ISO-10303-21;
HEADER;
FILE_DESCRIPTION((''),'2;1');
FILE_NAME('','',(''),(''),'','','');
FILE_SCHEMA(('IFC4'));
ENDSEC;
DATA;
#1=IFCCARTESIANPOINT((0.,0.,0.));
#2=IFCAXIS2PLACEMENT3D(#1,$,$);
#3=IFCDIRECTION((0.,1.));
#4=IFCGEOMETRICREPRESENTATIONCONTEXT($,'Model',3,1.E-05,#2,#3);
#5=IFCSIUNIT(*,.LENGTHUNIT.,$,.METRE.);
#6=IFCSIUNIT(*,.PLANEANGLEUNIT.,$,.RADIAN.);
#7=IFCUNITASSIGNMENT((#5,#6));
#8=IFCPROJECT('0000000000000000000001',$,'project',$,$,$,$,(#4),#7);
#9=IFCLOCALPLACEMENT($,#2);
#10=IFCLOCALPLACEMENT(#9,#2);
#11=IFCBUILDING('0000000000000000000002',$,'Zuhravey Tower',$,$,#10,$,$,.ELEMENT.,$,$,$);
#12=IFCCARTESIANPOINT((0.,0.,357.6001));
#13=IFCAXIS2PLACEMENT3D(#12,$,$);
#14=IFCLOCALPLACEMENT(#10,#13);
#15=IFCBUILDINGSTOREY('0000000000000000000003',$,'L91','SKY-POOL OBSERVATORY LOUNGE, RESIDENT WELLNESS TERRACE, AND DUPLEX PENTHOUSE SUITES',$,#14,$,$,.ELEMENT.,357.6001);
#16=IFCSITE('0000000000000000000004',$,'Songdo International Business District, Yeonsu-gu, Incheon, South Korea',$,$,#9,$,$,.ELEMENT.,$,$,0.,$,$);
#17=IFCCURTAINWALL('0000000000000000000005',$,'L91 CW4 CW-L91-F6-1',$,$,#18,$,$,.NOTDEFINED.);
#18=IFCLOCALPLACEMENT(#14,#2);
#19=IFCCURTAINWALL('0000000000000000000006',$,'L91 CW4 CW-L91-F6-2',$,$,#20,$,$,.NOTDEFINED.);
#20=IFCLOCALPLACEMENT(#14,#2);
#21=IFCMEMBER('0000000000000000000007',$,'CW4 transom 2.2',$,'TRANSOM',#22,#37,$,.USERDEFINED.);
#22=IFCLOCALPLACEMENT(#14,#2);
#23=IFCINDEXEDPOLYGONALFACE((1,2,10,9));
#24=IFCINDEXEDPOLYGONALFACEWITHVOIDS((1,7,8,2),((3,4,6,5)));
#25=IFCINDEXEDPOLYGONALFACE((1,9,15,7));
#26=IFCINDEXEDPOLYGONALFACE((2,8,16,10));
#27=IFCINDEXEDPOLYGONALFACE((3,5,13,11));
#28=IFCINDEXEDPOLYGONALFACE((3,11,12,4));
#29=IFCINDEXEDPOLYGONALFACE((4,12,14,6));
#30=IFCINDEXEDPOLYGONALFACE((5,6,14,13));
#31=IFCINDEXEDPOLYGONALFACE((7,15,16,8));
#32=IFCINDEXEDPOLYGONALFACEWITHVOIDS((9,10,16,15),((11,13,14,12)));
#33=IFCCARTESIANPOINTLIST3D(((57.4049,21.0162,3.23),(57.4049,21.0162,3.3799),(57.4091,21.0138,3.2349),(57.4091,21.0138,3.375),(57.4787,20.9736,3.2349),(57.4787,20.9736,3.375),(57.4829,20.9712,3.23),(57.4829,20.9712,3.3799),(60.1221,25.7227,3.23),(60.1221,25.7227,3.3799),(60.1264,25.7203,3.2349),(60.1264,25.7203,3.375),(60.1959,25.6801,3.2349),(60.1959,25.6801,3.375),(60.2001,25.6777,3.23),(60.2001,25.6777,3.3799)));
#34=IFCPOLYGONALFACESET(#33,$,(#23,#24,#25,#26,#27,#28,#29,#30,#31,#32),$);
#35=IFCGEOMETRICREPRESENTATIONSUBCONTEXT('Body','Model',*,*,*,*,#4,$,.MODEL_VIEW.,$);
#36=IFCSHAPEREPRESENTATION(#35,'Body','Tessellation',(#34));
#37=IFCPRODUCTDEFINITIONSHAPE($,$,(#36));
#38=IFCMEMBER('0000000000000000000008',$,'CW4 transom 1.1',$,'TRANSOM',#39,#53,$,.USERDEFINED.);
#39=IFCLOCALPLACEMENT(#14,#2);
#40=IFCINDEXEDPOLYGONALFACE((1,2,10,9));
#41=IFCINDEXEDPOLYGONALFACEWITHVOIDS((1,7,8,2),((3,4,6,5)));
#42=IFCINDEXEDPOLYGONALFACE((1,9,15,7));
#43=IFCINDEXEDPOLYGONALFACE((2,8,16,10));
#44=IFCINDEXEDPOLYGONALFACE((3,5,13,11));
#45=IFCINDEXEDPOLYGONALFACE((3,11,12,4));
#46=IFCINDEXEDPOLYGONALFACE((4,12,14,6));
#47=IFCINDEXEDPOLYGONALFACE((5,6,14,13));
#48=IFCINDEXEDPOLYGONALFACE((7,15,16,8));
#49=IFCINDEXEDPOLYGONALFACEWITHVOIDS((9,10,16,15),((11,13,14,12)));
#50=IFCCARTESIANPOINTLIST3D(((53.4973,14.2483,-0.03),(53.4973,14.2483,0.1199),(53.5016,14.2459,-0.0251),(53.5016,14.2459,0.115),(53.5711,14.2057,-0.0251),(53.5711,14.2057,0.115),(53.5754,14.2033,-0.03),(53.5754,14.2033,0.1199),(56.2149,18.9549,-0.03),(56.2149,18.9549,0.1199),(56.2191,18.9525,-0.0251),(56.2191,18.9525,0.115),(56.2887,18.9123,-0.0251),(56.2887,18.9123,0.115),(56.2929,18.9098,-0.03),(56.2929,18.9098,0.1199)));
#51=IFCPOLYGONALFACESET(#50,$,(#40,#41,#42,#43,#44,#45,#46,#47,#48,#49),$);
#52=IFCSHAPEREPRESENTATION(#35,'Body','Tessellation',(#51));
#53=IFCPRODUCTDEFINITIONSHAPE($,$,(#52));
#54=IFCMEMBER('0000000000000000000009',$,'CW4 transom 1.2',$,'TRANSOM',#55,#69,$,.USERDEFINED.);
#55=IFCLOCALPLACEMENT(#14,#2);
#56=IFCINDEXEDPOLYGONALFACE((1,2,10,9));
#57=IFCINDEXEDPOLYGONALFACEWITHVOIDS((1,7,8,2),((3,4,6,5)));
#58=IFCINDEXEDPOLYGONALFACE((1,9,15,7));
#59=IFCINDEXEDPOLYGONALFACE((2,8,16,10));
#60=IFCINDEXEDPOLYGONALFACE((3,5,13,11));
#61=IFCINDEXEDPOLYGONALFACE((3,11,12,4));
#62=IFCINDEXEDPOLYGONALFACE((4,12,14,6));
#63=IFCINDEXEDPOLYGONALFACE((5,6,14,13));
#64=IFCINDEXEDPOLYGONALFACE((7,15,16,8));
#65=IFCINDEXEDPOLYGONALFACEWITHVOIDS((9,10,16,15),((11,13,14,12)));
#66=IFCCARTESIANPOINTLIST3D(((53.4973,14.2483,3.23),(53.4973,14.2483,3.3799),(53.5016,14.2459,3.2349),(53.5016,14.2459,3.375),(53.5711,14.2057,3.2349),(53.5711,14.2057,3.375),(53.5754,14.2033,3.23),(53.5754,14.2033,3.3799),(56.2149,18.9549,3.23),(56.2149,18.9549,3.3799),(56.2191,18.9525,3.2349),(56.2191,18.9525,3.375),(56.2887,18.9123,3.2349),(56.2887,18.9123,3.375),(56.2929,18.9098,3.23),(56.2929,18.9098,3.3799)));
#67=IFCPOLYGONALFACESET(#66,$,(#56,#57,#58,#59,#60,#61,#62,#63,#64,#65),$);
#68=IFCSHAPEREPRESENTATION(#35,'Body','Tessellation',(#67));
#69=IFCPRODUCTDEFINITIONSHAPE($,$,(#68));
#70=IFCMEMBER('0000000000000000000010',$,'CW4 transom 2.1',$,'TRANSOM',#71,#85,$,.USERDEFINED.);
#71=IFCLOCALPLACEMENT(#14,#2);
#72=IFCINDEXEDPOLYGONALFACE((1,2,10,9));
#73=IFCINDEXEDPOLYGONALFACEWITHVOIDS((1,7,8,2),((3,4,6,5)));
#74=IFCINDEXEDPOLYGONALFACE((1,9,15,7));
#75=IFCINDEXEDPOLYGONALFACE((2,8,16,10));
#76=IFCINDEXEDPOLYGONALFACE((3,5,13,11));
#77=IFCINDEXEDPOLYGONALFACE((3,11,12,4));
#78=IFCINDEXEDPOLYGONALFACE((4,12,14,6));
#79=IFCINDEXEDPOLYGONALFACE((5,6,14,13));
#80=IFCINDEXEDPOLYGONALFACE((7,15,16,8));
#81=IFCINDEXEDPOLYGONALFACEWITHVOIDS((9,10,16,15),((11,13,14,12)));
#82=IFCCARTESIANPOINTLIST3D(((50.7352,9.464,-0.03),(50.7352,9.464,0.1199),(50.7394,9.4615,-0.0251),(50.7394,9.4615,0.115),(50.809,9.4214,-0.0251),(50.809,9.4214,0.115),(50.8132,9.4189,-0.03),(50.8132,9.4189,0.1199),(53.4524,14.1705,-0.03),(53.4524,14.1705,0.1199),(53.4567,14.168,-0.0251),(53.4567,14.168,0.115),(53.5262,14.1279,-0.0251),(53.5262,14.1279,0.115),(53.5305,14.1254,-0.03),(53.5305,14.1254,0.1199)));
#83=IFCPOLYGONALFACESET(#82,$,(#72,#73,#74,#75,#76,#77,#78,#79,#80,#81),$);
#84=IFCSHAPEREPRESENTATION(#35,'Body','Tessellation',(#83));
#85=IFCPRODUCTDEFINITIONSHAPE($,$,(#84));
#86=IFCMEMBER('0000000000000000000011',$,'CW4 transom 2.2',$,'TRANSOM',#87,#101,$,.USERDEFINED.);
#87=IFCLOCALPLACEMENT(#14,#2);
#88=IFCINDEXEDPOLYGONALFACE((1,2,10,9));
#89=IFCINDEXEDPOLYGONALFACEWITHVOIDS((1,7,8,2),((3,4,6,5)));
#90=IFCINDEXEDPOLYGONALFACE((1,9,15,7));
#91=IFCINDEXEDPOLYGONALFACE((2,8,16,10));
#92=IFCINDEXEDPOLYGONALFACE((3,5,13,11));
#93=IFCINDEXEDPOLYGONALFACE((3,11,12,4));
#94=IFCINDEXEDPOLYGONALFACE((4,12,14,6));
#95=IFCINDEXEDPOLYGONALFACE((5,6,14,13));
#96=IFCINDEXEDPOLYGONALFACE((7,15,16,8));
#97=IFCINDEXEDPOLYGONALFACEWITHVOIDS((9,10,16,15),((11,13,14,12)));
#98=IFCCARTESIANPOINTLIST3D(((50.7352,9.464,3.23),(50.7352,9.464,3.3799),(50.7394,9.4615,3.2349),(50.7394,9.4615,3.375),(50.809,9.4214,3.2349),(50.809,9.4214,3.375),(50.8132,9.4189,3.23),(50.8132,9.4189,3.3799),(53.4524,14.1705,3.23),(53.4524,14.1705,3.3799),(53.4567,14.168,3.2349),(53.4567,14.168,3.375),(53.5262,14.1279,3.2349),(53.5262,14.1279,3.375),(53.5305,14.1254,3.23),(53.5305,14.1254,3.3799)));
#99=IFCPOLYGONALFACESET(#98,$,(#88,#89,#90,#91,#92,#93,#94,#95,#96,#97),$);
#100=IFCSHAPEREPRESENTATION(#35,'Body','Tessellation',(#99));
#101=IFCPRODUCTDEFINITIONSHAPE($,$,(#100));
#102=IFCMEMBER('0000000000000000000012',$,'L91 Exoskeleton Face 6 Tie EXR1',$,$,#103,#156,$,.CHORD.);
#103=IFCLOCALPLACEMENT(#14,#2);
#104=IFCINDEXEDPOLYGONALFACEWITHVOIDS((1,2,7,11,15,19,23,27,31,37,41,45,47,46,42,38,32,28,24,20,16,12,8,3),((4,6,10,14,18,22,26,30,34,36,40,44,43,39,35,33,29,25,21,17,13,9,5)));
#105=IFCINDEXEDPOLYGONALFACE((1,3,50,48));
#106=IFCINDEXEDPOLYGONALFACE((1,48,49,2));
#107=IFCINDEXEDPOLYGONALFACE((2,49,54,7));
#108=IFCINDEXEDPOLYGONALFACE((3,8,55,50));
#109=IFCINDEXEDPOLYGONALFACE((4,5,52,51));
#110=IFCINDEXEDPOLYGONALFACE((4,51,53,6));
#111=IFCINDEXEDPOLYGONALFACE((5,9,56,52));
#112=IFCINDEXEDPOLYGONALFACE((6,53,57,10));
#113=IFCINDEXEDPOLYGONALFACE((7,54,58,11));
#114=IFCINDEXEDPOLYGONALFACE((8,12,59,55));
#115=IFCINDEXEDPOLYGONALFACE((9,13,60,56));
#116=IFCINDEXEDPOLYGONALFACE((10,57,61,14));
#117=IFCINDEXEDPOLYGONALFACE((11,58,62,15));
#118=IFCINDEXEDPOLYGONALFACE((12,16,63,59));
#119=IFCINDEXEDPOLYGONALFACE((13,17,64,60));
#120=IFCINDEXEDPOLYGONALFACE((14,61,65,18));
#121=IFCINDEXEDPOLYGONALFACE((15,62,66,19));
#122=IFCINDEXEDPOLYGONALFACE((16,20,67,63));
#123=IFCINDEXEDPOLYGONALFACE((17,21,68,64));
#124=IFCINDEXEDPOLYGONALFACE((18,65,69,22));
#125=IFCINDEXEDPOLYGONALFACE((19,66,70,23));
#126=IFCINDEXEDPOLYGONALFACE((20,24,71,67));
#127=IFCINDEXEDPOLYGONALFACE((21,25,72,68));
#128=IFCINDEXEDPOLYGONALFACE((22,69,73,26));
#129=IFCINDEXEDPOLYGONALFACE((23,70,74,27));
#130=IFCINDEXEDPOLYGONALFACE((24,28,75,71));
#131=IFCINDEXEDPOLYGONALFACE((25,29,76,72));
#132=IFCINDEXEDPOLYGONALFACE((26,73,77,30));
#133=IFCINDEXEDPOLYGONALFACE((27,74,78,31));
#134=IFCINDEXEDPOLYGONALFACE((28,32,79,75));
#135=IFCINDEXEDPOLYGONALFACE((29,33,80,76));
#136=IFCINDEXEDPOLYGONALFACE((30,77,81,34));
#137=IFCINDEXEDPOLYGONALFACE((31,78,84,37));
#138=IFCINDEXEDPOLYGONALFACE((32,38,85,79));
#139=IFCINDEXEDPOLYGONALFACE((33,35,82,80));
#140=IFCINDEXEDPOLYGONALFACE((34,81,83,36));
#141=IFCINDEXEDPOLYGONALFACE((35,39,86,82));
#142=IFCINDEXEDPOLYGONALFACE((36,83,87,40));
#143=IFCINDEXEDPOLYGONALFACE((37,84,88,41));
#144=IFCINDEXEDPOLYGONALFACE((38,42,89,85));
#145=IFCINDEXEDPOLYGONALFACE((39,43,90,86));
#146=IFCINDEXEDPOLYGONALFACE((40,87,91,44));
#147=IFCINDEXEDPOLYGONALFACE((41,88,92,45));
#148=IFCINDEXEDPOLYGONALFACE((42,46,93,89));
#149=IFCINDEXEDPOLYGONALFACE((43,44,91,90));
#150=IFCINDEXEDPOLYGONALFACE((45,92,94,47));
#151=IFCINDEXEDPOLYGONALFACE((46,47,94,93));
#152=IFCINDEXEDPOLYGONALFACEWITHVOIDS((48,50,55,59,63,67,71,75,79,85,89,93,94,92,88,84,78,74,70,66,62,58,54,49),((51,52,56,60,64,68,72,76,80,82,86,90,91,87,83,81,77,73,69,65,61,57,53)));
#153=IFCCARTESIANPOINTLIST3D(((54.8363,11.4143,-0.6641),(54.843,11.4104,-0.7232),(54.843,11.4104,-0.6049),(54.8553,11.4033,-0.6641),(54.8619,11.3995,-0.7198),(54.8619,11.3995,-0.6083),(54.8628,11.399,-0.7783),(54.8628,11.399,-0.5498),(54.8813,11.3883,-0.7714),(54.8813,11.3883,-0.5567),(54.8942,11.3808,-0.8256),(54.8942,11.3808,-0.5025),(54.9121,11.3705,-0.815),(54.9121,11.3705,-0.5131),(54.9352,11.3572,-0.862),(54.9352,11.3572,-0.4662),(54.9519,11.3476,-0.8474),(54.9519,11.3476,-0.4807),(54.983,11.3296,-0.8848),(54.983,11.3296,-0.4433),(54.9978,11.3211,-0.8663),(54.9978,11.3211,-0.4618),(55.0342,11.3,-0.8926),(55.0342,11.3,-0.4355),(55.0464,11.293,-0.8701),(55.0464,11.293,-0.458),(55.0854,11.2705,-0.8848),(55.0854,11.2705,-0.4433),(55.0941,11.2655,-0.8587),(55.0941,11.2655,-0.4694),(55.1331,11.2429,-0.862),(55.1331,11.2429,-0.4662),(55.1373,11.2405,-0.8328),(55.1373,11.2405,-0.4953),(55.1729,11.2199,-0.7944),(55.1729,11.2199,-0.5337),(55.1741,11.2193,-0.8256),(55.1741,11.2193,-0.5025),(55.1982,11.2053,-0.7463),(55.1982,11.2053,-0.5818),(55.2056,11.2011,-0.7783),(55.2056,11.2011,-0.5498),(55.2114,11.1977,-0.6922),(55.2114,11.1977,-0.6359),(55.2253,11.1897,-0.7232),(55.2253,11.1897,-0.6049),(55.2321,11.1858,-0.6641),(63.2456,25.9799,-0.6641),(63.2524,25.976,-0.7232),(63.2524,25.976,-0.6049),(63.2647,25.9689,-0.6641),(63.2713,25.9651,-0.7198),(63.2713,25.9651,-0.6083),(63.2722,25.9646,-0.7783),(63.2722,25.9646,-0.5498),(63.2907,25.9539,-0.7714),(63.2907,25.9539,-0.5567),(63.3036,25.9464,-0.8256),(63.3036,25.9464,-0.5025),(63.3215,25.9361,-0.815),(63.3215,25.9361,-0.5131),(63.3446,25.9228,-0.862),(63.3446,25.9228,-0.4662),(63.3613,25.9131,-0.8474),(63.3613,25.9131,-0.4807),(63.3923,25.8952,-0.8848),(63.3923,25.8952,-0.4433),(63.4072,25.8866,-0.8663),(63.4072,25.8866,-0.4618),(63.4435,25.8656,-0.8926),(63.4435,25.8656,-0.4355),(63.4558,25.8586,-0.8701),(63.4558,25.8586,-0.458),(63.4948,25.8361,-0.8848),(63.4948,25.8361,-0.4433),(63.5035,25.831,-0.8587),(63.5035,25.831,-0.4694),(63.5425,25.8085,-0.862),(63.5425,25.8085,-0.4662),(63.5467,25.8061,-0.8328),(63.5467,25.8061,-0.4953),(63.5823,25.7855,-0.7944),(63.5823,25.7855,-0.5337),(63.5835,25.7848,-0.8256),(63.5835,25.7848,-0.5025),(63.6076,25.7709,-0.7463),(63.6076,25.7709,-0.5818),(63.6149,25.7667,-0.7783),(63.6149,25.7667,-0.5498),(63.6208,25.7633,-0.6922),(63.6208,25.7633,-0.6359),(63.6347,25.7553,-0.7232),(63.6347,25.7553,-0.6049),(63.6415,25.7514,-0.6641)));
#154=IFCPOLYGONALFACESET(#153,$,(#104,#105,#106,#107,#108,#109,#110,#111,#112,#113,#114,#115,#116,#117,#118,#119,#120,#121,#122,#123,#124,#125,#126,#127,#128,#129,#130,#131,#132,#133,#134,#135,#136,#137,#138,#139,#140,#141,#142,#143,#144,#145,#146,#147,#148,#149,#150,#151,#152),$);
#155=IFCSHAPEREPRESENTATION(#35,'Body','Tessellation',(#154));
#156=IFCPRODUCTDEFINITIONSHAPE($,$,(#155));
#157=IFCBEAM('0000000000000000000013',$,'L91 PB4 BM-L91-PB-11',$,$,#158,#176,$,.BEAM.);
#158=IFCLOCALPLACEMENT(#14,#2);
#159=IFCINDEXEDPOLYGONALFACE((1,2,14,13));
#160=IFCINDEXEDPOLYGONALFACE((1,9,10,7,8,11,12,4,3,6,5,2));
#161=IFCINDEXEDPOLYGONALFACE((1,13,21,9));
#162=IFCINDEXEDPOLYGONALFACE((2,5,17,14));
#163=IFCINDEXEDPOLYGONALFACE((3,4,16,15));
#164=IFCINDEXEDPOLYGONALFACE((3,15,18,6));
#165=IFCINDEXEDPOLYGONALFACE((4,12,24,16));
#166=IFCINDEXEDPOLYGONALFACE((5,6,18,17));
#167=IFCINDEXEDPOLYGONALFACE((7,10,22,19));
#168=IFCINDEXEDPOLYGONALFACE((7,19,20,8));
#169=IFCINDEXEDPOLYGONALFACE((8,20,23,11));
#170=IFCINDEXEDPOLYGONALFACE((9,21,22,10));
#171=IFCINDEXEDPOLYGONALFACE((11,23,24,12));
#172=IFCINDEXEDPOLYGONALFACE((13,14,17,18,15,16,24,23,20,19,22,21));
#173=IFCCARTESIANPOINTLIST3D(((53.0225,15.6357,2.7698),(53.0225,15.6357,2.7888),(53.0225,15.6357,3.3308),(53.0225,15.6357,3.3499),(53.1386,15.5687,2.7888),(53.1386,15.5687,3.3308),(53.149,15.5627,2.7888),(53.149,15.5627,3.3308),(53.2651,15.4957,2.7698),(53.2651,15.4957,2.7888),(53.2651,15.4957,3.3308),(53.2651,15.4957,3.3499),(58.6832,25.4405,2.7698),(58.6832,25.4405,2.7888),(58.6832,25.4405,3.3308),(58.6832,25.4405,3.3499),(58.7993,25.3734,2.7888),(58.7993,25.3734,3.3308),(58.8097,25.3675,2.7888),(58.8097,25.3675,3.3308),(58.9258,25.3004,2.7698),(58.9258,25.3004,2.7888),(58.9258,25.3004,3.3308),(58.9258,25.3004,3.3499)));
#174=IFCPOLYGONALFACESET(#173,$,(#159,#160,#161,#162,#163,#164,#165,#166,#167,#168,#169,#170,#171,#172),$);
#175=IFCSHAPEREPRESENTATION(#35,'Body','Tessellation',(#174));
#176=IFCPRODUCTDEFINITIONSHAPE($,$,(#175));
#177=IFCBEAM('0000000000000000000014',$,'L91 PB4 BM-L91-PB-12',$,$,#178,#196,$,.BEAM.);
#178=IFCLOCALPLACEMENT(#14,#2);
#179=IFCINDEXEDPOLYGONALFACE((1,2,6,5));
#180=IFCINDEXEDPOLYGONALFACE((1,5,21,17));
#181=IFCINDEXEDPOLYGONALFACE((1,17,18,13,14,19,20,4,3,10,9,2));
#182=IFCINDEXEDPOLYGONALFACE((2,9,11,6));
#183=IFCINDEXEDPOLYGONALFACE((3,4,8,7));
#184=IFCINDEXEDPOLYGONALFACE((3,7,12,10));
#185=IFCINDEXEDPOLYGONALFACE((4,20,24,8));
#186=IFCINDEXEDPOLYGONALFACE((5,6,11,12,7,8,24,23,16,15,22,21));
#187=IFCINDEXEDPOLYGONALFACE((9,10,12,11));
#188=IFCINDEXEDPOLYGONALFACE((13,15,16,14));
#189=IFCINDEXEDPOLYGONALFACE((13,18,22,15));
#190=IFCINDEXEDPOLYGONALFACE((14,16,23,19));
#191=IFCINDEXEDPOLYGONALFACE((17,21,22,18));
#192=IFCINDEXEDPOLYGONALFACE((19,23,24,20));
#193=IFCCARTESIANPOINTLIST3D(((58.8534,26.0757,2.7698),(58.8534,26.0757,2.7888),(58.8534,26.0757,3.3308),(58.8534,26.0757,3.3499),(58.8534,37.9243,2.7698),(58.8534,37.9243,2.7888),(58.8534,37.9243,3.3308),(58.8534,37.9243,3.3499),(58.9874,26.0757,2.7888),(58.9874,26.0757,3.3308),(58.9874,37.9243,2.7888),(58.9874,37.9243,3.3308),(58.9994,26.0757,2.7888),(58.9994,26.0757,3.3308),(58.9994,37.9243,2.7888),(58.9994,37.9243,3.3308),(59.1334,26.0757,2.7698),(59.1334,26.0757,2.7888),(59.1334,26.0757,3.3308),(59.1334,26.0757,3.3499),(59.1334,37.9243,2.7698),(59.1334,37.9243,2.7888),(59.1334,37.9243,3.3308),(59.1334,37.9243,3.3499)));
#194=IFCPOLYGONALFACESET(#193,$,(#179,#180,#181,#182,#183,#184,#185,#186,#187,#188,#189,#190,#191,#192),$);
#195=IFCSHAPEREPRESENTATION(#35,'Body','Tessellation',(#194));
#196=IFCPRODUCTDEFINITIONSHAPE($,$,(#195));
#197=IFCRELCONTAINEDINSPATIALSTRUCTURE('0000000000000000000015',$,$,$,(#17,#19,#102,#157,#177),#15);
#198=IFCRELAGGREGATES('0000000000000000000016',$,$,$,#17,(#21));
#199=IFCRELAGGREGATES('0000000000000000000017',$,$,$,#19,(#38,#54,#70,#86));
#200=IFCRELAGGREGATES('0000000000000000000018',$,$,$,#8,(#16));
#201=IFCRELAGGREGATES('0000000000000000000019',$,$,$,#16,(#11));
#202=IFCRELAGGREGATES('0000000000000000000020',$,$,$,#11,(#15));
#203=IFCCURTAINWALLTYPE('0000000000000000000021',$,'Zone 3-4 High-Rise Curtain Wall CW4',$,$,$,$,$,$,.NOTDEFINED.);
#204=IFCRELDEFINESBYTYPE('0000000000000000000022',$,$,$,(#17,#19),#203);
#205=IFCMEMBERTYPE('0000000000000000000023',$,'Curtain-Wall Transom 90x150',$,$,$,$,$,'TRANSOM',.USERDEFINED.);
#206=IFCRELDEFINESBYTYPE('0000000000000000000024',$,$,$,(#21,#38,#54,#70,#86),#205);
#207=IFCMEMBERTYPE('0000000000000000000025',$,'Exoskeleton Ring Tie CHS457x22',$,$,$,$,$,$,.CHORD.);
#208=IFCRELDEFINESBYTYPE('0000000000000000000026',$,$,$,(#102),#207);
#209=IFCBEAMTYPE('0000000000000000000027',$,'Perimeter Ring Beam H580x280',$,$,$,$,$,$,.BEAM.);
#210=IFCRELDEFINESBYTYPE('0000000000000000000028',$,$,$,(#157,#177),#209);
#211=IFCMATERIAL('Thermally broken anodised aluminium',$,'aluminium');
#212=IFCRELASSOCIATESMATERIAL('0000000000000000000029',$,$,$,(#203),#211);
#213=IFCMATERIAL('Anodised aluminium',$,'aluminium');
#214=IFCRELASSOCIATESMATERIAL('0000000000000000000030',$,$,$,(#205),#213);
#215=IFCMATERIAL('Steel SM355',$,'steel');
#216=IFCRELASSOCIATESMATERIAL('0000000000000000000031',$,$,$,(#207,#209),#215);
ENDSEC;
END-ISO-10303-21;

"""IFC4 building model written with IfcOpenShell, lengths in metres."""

from ifc_helpers import new_model, si_unit, direction, frame, origin, origin_2d, place, context, subcontext, project, spatial, hollow_rectangle, hollow_circle, i_section, extrude, material, material_profile, profile_set, type_object, element, aggregate, save


model = new_model("IFC4")

# Units and contexts
model_context = context("Model", 3, precision=1e-05, world=origin(), true_north=direction((0.0, 1.0)))
body_context = subcontext(model_context, "Body", "Model", "MODEL_VIEW")
ifc_project = project(units=[si_unit("LENGTHUNIT", "METRE"), si_unit("PLANEANGLEUNIT", "RADIAN")], contexts=[model_context])

# Site, building, storey
site_placement = place(None, origin())
site = spatial("IfcSite", under=ifc_project, at=site_placement, Name="Songdo International Business District, Yeonsu-gu, Incheon, South Korea", CompositionType="ELEMENT", RefElevation=0.0)
building_placement = place(site_placement, origin())
building = spatial("IfcBuilding", under=site, at=building_placement, Name="Zuhravey Tower", CompositionType="ELEMENT")
storey_placement = place(building_placement, frame((0.0, 0.0, 357.6001)))
storey = spatial("IfcBuildingStorey", under=building, at=storey_placement, Name="L91", Description="SKY-POOL OBSERVATORY LOUNGE, RESIDENT WELLNESS TERRACE, AND DUPLEX PENTHOUSE SUITES", CompositionType="ELEMENT", Elevation=357.6001)

# Curtain walls
ifc_material_1 = material(Name="Thermally broken anodised aluminium", Category="aluminium")
curtain_wall_type = type_object("IfcCurtainWallType", Name="Zone 3-4 High-Rise Curtain Wall CW4", PredefinedType="NOTDEFINED", material=ifc_material_1)
curtain_wall_1_placement = place(storey_placement, origin())
curtain_wall_1 = element("IfcCurtainWall", 1, at=curtain_wall_1_placement, inside=storey, type_object=curtain_wall_type, Name="L91 CW4 CW-L91-F6-1", PredefinedType="NOTDEFINED")
ifc_material_2 = material(Name="Anodised aluminium", Category="aluminium")
curtain_wall_2_placement = place(storey_placement, origin())
curtain_wall_2 = element("IfcCurtainWall", 2, at=curtain_wall_2_placement, inside=storey, type_object=curtain_wall_type, Name="L91 CW4 CW-L91-F6-2", PredefinedType="NOTDEFINED")

# Members
ifc_material_profile_1 = material_profile(ifc_material_2, hollow_rectangle(XDim=0.0901, YDim=0.1499, WallThickness=0.0049, at=origin_2d()), Name="ALU-RHS-90x150x5")
ifc_profile_set_1 = profile_set([ifc_material_profile_1], Name="Anodised aluminium")
member_type_1 = type_object("IfcMemberType", Name="Curtain-Wall Transom 90x150", ElementType="TRANSOM", PredefinedType="USERDEFINED", material=ifc_profile_set_1)
member_1_placement = place(storey_placement, frame((60.1611, 25.7002, 3.3049), z_axis=(-0.499995, -0.866028, 0.0), x_axis=(0.866028, -0.499995, 0.0)))
member_1 = element("IfcMember", 3, at=member_1_placement, type_object=member_type_1, Name="CW4 transom 2.2", ObjectType="TRANSOM", PredefinedType="USERDEFINED", context=body_context, shape_type="SweptSolid", body=[
    extrude(hollow_rectangle(XDim=0.0901, YDim=0.1499, WallThickness=0.0049, at=origin_2d()), origin(), (0.0, 0.0, 1.0), 5.4346),
])
member_2_placement = place(storey_placement, frame((56.2539, 18.9324, 0.0449), z_axis=(-0.500028, -0.866009, 0.0), x_axis=(0.866009, -0.500028, 0.0)))
member_2 = element("IfcMember", 4, at=member_2_placement, type_object=member_type_1, Name="CW4 transom 1.1", ObjectType="TRANSOM", PredefinedType="USERDEFINED", context=body_context, shape_type="SweptSolid", body=[
    extrude(hollow_rectangle(XDim=0.0901, YDim=0.1499, WallThickness=0.0049, at=origin_2d()), origin(), (0.0, 0.0, 1.0), 5.4348),
])
member_3_placement = place(storey_placement, frame((56.2539, 18.9324, 3.3049), z_axis=(-0.500028, -0.866009, 0.0), x_axis=(0.866009, -0.500028, 0.0)))
member_3 = element("IfcMember", 5, at=member_3_placement, type_object=member_type_1, Name="CW4 transom 1.2", ObjectType="TRANSOM", PredefinedType="USERDEFINED", context=body_context, shape_type="SweptSolid", body=[
    extrude(hollow_rectangle(XDim=0.0901, YDim=0.1499, WallThickness=0.0049, at=origin_2d()), origin(), (0.0, 0.0, 1.0), 5.4348),
])
member_4_placement = place(storey_placement, frame((53.4915, 14.1479, 0.0449), z_axis=(-0.499995, -0.866028, 0.0), x_axis=(0.866028, -0.499995, 0.0)))
member_4 = element("IfcMember", 6, at=member_4_placement, type_object=member_type_1, Name="CW4 transom 2.1", ObjectType="TRANSOM", PredefinedType="USERDEFINED", context=body_context, shape_type="SweptSolid", body=[
    extrude(hollow_rectangle(XDim=0.0901, YDim=0.1499, WallThickness=0.0049, at=origin_2d()), origin(), (0.0, 0.0, 1.0), 5.4346),
])
member_5_placement = place(storey_placement, frame((53.4915, 14.1479, 3.3049), z_axis=(-0.499995, -0.866028, 0.0), x_axis=(0.866028, -0.499995, 0.0)))
member_5 = element("IfcMember", 7, at=member_5_placement, type_object=member_type_1, Name="CW4 transom 2.2", ObjectType="TRANSOM", PredefinedType="USERDEFINED", context=body_context, shape_type="SweptSolid", body=[
    extrude(hollow_rectangle(XDim=0.0901, YDim=0.1499, WallThickness=0.0049, at=origin_2d()), origin(), (0.0, 0.0, 1.0), 5.4346),
])
ifc_material_3 = material(Name="Steel SM355", Category="steel")
ifc_material_profile_2 = material_profile(ifc_material_3, hollow_circle(Radius=0.2285, WallThickness=0.022, at=origin_2d()), Name="CHS-457.2x22")
ifc_profile_set_2 = profile_set([ifc_material_profile_2], Name="Steel SM355")
member_type_2 = type_object("IfcMemberType", Name="Exoskeleton Ring Tie CHS457x22", PredefinedType="CHORD", material=ifc_profile_set_2)
member_6_placement = place(storey_placement, frame((55.0342, 11.3, -0.6641), z_axis=(0.499997, 0.866027, 0.0), x_axis=(-0.866027, 0.499997, 0.0)))
element("IfcMember", 8, at=member_6_placement, inside=storey, type_object=member_type_2, Name="L91 Exoskeleton Face 6 Tie EXR1", PredefinedType="CHORD", context=body_context, shape_type="SweptSolid", body=[
    extrude(hollow_circle(Radius=0.2285, WallThickness=0.022, at=origin_2d()), origin(), (0.0, 0.0, 1.0), 16.8188),
])

# Beams
ifc_material_profile_3 = material_profile(ifc_material_3, i_section(OverallWidth=0.28, OverallDepth=0.5801, WebThickness=0.012, FlangeThickness=0.019, at=origin_2d()), Name="H-580x280x12x19")
ifc_profile_set_3 = profile_set([ifc_material_profile_3], Name="Steel SM355")
beam_type = type_object("IfcBeamType", Name="Perimeter Ring Beam H580x280", PredefinedType="BEAM", material=ifc_profile_set_3)
beam_1_placement = place(storey_placement, frame((53.1438, 15.5657, 3.0598), z_axis=(0.499994, 0.866029, 0.0), x_axis=(-0.866029, 0.499994, 0.0)))
element("IfcBeam", 9, at=beam_1_placement, inside=storey, type_object=beam_type, Name="L91 PB4 BM-L91-PB-11", PredefinedType="BEAM", context=body_context, shape_type="SweptSolid", body=[
    extrude(i_section(OverallWidth=0.28, OverallDepth=0.5801, WebThickness=0.012, FlangeThickness=0.019, at=origin_2d()), origin(), (0.0, 0.0, 1.0), 11.3215),
])
beam_2_placement = place(storey_placement, frame((58.9934, 26.0757, 3.0598), z_axis=(0.0, 1.0, 0.0), x_axis=(-1.0, 0.0, 0.0)))
element("IfcBeam", 10, at=beam_2_placement, inside=storey, type_object=beam_type, Name="L91 PB4 BM-L91-PB-12", PredefinedType="BEAM", context=body_context, shape_type="SweptSolid", body=[
    extrude(i_section(OverallWidth=0.28, OverallDepth=0.5801, WebThickness=0.012, FlangeThickness=0.019, at=origin_2d()), origin(), (0.0, 0.0, 1.0), 11.8486),
])

aggregate(curtain_wall_1, [member_1])
aggregate(curtain_wall_2, [member_2, member_3, member_4, member_5])

save(model, "model.ifc")
